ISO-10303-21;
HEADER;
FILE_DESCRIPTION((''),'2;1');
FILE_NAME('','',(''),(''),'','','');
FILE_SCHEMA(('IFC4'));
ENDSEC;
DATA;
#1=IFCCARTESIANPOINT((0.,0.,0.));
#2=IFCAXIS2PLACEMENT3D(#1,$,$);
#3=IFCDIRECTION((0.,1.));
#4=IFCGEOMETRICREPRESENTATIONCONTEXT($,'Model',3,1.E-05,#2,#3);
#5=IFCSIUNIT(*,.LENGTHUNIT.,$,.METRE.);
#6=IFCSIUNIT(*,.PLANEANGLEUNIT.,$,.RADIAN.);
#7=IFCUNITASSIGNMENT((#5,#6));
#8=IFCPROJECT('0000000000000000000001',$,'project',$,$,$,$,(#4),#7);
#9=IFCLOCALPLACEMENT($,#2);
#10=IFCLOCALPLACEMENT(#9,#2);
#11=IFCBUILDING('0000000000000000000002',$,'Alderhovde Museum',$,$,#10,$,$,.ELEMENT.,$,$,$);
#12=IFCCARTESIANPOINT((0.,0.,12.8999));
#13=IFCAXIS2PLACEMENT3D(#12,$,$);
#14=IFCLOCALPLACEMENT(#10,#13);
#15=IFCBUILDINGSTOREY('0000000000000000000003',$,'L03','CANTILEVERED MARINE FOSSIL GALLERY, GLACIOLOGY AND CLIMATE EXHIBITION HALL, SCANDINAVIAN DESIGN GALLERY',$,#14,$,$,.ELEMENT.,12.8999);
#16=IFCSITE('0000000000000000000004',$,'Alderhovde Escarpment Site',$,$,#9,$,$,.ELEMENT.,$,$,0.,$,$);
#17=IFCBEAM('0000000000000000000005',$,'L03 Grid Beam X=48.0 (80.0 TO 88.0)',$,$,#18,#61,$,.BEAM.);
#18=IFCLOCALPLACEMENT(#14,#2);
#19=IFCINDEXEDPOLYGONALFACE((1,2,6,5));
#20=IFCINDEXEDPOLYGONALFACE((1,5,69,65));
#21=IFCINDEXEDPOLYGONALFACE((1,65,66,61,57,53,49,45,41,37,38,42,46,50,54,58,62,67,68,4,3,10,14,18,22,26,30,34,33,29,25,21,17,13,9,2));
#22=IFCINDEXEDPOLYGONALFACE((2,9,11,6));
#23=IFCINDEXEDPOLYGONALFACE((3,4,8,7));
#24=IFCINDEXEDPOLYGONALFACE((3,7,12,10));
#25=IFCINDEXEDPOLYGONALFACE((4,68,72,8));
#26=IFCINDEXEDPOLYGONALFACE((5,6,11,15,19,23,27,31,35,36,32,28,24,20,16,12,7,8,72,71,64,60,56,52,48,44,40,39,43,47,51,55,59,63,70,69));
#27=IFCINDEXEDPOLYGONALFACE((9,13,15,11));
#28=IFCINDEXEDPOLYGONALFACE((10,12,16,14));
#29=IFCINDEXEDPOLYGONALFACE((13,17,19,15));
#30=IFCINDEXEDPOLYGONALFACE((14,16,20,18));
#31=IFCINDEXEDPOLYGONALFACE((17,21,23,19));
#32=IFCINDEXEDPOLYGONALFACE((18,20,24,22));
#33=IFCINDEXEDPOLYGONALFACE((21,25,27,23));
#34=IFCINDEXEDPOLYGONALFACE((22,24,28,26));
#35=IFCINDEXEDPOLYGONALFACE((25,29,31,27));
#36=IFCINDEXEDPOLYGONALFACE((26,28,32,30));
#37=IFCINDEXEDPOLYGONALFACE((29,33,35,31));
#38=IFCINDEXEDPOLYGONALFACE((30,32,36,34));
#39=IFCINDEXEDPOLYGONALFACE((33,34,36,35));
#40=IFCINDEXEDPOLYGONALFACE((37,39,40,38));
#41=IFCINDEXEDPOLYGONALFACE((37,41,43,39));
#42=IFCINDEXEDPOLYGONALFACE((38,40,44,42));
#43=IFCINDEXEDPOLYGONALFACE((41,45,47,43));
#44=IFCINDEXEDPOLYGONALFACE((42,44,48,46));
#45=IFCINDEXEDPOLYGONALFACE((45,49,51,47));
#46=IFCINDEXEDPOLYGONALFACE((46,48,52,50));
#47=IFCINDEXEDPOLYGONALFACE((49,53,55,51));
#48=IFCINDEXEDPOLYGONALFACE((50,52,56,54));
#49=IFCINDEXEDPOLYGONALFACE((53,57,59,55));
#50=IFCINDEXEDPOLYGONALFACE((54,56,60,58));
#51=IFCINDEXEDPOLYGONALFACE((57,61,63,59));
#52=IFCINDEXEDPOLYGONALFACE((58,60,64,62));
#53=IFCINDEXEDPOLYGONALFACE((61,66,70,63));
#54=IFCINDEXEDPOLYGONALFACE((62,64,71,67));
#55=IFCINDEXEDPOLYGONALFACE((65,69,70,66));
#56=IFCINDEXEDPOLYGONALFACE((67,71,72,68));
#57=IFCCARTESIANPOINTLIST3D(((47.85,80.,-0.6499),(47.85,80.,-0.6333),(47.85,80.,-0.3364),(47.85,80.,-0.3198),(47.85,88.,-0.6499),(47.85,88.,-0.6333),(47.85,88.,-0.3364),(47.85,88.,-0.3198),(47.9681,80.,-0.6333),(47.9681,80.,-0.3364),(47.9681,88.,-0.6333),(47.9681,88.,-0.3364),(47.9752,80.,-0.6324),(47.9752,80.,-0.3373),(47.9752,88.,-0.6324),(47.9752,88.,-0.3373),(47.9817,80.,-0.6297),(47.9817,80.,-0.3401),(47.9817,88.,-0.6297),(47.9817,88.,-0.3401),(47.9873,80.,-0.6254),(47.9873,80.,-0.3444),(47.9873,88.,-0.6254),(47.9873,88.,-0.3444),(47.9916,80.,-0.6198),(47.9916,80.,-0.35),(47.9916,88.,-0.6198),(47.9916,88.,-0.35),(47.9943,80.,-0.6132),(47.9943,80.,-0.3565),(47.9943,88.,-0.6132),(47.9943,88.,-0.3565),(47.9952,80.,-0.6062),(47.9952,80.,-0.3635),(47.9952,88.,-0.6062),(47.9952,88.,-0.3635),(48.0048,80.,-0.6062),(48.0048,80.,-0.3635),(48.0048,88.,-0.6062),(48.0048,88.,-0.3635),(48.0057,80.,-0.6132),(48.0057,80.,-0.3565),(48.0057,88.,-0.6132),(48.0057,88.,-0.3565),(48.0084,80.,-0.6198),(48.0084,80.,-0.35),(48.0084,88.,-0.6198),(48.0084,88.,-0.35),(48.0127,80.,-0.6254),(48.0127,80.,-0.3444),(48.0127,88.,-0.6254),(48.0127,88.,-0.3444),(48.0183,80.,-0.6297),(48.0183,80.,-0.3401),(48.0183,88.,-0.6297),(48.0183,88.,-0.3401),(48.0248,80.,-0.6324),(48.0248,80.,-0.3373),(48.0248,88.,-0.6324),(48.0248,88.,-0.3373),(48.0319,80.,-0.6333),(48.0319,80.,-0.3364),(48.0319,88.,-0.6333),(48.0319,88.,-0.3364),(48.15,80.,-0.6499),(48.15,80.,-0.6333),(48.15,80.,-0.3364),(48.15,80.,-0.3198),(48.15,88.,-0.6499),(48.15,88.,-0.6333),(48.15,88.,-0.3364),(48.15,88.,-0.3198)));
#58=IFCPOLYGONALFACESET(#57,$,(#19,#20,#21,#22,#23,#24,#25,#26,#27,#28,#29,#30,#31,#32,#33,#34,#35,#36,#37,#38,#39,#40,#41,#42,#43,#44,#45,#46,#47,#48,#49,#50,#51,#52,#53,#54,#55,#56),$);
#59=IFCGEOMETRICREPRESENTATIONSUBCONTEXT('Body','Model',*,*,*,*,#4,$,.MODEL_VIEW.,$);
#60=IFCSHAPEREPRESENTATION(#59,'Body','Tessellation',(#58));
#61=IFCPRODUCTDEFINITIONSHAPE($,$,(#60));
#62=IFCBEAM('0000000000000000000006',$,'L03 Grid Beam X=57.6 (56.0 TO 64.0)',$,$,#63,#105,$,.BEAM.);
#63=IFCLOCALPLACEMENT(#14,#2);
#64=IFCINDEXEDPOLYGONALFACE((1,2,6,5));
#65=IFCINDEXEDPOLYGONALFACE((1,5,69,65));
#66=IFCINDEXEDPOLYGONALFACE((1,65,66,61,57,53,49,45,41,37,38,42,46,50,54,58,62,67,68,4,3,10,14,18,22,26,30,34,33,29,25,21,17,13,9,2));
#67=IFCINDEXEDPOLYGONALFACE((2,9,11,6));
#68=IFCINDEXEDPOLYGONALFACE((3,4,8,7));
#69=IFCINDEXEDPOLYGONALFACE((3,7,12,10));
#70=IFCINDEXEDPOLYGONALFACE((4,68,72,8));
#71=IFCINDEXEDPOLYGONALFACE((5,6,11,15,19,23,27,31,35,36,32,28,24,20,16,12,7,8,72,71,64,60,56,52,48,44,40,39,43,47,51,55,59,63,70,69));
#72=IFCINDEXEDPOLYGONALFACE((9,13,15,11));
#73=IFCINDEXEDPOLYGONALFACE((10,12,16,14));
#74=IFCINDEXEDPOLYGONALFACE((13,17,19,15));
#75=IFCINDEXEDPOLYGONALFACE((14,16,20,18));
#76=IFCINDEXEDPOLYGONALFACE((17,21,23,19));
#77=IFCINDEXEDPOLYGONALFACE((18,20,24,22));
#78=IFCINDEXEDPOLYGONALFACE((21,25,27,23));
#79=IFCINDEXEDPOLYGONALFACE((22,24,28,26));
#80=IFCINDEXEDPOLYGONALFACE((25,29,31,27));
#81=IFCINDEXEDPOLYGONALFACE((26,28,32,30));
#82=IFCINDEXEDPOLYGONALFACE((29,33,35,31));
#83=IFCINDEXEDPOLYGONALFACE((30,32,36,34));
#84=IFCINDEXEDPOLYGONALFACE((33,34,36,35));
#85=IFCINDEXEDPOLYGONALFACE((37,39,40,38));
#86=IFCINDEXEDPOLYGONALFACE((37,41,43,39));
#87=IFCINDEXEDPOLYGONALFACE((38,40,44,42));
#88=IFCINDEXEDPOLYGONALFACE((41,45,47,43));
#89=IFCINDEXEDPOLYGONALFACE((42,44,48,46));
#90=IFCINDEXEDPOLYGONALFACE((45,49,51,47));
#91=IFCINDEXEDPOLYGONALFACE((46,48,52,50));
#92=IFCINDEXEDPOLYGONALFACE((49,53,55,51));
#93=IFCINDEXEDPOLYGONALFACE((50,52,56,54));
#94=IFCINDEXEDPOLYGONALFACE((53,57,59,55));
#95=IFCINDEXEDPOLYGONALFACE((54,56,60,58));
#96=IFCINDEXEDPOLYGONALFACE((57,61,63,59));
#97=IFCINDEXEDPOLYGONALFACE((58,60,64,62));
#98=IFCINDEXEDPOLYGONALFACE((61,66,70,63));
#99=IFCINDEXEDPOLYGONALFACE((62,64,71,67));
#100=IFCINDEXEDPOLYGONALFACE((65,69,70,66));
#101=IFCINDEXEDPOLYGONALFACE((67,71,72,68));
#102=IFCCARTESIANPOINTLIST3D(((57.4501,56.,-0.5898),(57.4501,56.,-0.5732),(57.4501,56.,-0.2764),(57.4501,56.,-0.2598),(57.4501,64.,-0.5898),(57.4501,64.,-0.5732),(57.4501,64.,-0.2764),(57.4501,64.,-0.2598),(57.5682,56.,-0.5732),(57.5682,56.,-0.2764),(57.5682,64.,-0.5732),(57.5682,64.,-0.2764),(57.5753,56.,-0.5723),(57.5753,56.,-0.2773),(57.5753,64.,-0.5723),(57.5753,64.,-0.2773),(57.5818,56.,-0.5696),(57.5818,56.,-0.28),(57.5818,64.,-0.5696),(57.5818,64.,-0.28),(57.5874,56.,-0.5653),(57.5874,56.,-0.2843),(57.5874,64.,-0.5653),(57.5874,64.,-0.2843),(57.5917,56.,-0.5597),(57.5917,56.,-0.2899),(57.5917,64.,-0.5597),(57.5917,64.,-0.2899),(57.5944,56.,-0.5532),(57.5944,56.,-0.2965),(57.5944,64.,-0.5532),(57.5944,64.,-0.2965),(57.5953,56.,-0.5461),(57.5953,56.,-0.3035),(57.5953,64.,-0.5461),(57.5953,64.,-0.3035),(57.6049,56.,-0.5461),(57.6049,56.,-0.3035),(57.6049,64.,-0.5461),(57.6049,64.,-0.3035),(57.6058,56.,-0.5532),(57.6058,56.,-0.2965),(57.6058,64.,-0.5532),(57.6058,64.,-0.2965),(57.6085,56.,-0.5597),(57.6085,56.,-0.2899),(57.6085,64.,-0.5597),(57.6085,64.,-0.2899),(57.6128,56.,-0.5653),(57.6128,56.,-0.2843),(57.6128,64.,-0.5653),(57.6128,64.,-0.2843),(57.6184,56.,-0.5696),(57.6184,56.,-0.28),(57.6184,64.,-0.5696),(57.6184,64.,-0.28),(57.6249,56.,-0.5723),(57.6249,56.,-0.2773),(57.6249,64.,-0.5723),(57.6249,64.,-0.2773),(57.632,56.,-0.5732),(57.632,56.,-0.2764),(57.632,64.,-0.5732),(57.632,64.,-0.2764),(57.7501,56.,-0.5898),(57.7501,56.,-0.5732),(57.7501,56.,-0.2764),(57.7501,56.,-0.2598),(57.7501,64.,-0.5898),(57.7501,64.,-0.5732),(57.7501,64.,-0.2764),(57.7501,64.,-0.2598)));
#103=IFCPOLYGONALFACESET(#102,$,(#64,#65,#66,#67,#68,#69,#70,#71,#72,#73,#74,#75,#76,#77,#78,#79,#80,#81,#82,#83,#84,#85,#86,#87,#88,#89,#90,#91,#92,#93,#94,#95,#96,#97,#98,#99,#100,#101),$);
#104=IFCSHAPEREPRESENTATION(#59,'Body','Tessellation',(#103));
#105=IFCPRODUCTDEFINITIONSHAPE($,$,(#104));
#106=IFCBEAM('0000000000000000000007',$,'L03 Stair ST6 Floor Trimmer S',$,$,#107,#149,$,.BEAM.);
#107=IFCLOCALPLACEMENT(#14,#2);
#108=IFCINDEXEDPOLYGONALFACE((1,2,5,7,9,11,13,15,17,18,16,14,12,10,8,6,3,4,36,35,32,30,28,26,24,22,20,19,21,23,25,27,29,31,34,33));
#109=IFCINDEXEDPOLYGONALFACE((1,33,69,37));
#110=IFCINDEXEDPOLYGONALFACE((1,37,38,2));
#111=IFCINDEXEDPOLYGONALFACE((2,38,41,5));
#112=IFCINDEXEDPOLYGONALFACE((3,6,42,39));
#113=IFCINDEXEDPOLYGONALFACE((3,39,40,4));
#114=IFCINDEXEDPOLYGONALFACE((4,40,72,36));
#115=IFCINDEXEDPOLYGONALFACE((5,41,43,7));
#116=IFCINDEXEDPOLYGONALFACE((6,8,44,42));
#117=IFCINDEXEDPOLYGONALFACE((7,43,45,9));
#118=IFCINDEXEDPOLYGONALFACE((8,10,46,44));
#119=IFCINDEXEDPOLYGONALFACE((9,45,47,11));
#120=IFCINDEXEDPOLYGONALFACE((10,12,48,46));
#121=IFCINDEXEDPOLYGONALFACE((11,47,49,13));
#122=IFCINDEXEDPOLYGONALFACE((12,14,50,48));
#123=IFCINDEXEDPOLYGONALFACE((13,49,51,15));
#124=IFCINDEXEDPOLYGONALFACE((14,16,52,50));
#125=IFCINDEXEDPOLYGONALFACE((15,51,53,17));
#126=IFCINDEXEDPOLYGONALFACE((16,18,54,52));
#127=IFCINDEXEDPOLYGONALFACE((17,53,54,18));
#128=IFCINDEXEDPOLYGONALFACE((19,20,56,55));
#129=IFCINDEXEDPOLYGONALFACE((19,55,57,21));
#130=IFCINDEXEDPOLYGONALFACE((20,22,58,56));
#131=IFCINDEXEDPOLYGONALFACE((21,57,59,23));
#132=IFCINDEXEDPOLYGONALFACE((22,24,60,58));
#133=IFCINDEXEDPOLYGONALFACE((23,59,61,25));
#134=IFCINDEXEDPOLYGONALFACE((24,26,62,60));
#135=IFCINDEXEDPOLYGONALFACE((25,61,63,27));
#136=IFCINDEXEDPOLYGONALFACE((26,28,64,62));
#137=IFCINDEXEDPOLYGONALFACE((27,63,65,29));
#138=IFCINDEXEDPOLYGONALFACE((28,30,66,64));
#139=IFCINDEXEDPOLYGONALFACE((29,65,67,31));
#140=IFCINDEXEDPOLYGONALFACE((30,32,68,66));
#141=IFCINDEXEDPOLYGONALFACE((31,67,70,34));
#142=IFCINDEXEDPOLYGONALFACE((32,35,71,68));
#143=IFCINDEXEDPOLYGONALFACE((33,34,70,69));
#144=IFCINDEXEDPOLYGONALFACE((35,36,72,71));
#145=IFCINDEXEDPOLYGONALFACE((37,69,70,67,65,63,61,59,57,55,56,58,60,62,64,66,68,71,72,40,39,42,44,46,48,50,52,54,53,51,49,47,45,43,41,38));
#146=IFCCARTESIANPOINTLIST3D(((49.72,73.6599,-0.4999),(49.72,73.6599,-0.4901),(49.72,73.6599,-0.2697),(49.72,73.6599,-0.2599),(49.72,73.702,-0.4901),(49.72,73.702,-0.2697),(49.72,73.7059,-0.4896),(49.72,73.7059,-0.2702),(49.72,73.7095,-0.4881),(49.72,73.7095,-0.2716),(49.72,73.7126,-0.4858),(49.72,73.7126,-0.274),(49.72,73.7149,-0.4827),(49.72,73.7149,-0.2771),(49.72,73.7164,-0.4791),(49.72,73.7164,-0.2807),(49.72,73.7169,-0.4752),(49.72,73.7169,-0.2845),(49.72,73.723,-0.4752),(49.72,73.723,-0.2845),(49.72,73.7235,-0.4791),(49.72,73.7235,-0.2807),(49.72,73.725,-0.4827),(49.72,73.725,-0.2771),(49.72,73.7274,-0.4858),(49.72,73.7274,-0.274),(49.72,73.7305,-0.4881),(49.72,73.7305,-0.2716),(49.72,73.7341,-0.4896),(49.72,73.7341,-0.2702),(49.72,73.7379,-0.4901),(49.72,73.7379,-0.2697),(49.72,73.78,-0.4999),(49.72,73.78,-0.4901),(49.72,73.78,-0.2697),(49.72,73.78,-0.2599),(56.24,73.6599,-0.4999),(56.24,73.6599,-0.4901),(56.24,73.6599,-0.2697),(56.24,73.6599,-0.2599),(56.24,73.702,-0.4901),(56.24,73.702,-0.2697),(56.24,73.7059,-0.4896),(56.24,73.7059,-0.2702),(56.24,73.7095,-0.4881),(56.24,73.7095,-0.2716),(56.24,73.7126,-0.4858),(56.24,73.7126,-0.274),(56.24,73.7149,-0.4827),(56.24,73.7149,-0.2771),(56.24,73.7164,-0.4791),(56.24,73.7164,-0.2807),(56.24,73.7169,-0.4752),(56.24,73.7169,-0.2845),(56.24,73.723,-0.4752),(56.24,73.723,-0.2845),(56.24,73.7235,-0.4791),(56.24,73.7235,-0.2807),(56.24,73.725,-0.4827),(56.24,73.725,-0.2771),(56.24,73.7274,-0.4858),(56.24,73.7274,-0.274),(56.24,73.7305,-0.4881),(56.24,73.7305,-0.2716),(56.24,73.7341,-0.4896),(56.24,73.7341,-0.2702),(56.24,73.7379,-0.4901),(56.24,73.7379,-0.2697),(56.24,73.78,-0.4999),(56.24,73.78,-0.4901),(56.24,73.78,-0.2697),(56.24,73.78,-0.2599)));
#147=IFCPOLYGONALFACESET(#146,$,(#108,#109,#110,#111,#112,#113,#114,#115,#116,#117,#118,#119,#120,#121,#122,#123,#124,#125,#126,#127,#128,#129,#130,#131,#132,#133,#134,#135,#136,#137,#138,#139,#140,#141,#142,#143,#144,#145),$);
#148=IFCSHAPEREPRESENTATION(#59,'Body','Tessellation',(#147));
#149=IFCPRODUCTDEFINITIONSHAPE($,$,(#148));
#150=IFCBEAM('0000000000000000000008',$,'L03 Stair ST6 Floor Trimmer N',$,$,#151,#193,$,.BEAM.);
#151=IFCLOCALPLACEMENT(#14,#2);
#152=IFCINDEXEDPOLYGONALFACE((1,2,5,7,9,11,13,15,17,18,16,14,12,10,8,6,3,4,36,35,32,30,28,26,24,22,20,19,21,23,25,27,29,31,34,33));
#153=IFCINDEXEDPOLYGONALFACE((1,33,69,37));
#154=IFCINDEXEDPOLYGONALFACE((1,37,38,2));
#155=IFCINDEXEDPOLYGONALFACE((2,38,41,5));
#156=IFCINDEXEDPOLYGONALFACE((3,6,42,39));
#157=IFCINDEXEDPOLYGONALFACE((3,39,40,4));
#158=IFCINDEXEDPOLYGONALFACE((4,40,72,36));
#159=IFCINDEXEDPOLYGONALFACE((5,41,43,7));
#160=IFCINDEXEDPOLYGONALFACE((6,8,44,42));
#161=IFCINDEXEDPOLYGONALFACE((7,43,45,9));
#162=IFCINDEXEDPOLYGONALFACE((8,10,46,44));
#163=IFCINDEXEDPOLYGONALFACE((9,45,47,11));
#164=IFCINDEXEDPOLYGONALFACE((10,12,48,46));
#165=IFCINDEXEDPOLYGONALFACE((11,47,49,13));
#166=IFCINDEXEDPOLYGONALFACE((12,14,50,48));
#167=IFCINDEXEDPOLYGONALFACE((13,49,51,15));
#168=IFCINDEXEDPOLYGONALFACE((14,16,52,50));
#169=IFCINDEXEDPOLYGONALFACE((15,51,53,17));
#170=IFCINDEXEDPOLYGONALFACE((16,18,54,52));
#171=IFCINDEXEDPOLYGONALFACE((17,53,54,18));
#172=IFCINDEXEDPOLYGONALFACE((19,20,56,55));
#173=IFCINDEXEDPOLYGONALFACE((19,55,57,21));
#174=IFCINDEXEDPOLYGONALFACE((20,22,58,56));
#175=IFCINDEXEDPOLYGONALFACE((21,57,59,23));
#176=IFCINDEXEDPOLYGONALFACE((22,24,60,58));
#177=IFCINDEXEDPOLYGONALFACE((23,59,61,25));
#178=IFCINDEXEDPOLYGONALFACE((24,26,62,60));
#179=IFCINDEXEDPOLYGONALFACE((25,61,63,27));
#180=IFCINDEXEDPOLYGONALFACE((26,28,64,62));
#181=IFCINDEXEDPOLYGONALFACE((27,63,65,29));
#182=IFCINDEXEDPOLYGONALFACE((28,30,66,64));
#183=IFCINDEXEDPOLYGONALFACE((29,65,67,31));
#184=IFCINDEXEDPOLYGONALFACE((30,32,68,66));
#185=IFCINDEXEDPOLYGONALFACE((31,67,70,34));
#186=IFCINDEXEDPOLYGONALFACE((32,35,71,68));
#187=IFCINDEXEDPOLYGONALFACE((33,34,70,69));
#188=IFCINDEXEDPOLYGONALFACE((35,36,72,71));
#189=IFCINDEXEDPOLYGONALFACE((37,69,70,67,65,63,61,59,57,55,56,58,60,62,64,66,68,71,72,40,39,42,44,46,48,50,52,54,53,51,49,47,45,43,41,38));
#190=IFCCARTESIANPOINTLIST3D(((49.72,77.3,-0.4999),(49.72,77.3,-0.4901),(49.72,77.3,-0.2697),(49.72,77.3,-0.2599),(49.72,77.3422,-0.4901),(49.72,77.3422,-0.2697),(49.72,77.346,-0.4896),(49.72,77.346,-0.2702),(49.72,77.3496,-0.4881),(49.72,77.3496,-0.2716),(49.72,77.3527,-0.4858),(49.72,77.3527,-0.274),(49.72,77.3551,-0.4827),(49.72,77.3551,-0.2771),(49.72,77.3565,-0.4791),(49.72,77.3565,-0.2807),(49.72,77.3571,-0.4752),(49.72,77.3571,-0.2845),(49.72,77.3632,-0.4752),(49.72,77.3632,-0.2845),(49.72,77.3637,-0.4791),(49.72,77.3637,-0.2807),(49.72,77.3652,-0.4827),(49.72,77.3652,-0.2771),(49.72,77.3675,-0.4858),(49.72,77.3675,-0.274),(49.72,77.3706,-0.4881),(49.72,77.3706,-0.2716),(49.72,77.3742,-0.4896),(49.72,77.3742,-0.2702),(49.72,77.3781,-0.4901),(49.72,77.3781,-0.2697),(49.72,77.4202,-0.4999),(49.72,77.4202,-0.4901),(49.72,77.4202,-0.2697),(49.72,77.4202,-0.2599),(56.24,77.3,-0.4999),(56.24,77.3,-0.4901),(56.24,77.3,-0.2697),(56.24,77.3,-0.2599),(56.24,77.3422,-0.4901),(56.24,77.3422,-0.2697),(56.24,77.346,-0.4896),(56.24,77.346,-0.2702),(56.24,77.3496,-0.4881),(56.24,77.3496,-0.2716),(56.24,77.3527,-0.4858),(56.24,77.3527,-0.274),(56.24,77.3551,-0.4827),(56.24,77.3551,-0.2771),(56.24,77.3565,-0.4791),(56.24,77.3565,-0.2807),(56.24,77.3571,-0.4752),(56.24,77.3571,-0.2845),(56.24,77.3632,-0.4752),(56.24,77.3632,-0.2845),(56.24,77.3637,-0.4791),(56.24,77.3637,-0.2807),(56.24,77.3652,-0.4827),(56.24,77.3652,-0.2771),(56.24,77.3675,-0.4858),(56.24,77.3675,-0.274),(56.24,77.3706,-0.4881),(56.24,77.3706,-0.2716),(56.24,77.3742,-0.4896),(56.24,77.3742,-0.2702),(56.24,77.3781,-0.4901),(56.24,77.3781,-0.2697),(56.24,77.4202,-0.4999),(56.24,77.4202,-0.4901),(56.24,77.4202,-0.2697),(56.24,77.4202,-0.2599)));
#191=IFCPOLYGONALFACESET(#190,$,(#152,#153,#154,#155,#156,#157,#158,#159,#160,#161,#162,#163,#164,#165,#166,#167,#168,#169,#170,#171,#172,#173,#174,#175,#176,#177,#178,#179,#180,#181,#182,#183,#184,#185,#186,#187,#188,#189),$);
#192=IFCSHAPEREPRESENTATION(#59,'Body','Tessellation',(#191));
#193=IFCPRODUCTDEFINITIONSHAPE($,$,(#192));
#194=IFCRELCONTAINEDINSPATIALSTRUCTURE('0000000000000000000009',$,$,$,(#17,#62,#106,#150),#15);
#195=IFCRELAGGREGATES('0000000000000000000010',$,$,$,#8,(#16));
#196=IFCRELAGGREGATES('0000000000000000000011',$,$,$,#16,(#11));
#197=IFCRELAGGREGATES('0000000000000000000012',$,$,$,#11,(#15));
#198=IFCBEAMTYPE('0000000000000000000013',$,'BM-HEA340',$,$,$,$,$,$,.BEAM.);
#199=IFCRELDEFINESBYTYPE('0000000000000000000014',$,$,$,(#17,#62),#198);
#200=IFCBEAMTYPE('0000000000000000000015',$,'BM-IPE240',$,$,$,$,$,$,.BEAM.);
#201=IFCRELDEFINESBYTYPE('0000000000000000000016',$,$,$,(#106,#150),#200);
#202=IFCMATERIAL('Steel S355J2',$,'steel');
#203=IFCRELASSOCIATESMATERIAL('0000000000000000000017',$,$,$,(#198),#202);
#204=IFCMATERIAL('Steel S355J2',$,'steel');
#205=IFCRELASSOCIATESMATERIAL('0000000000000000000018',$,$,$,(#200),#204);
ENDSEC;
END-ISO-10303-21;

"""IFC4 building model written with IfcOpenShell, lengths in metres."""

from ifc_helpers import new_model, si_unit, direction, frame, origin, origin_2d, place, context, subcontext, project, spatial, i_section, extrude, material, material_profile, profile_set, type_object, element, save


model = new_model("IFC4")

# Units and contexts
model_context = context("Model", 3, precision=1e-05, world=origin(), true_north=direction((0.0, 1.0)))
body_context = subcontext(model_context, "Body", "Model", "MODEL_VIEW")
ifc_project = project(units=[si_unit("LENGTHUNIT", "METRE"), si_unit("PLANEANGLEUNIT", "RADIAN")], contexts=[model_context])

# Site, building, storey
site_placement = place(None, origin())
site = spatial("IfcSite", under=ifc_project, at=site_placement, Name="Alderhovde Escarpment Site", CompositionType="ELEMENT", RefElevation=0.0)
building_placement = place(site_placement, origin())
building = spatial("IfcBuilding", under=site, at=building_placement, Name="Alderhovde Museum", CompositionType="ELEMENT")
storey_placement = place(building_placement, frame((0.0, 0.0, 12.8999)))
storey = spatial("IfcBuildingStorey", under=building, at=storey_placement, Name="L03", Description="CANTILEVERED MARINE FOSSIL GALLERY, GLACIOLOGY AND CLIMATE EXHIBITION HALL, SCANDINAVIAN DESIGN GALLERY", CompositionType="ELEMENT", Elevation=12.8999)

# Beams
ifc_material_1 = material(Name="Steel S355J2", Category="steel")
ifc_material_profile_1 = material_profile(ifc_material_1, i_section(OverallWidth=0.3, OverallDepth=0.3301, WebThickness=0.0095, FlangeThickness=0.0166, FilletRadius=0.0271, at=origin_2d()), Name="HEA 340")
ifc_profile_set_1 = profile_set([ifc_material_profile_1], Name="Steel S355J2")
beam_type_1 = type_object("IfcBeamType", Name="BM-HEA340", PredefinedType="BEAM", material=ifc_profile_set_1)
for number, where, z_axis, x_axis, name in (
    (1, (48.0, 80.0, -0.4849), (0.0, 1.0, 0.0), (-1.0, 0.0, 0.0), "L03 Grid Beam X=48.0 (80.0 TO 88.0)"),
    (2, (57.6001, 56.0, -0.4248), (0.0, 1.0, 0.0), (-1.0, 0.0, 0.0), "L03 Grid Beam X=57.6 (56.0 TO 64.0)"),
):
    element("IfcBeam", number, at=place(storey_placement, frame(where, z_axis=z_axis, x_axis=x_axis)), inside=storey, type_object=beam_type_1, Name=name, PredefinedType="BEAM", context=body_context, shape_type="SweptSolid", body=[
        extrude(i_section(OverallWidth=0.3, OverallDepth=0.3301, WebThickness=0.0095, FlangeThickness=0.0166, FilletRadius=0.0271, at=origin_2d()), origin(), (0.0, 0.0, 1.0), 8.0),
    ])
ifc_material_2 = material(Name="Steel S355J2", Category="steel")
ifc_material_profile_2 = material_profile(ifc_material_2, i_section(OverallWidth=0.1201, OverallDepth=0.24, WebThickness=0.0061, FlangeThickness=0.0098, FilletRadius=0.0149, at=origin_2d()), Name="IPE 240")
ifc_profile_set_2 = profile_set([ifc_material_profile_2], Name="Steel S355J2")
beam_type_2 = type_object("IfcBeamType", Name="BM-IPE240", PredefinedType="BEAM", material=ifc_profile_set_2)
for number, where, z_axis, x_axis, name in (
    (3, (49.72, 73.72, -0.3799), (1.0, 0.0, 0.0), (0.0, 1.0, 0.0), "L03 Stair ST6 Floor Trimmer S"),
    (4, (49.72, 77.3601, -0.3799), (1.0, 0.0, 0.0), (0.0, 1.0, 0.0), "L03 Stair ST6 Floor Trimmer N"),
):
    element("IfcBeam", number, at=place(storey_placement, frame(where, z_axis=z_axis, x_axis=x_axis)), inside=storey, type_object=beam_type_2, Name=name, PredefinedType="BEAM", context=body_context, shape_type="SweptSolid", body=[
        extrude(i_section(OverallWidth=0.1201, OverallDepth=0.24, WebThickness=0.0061, FlangeThickness=0.0098, FilletRadius=0.0149, at=origin_2d()), origin(), (0.0, 0.0, 1.0), 6.52),
    ])

save(model, "model.ifc")
